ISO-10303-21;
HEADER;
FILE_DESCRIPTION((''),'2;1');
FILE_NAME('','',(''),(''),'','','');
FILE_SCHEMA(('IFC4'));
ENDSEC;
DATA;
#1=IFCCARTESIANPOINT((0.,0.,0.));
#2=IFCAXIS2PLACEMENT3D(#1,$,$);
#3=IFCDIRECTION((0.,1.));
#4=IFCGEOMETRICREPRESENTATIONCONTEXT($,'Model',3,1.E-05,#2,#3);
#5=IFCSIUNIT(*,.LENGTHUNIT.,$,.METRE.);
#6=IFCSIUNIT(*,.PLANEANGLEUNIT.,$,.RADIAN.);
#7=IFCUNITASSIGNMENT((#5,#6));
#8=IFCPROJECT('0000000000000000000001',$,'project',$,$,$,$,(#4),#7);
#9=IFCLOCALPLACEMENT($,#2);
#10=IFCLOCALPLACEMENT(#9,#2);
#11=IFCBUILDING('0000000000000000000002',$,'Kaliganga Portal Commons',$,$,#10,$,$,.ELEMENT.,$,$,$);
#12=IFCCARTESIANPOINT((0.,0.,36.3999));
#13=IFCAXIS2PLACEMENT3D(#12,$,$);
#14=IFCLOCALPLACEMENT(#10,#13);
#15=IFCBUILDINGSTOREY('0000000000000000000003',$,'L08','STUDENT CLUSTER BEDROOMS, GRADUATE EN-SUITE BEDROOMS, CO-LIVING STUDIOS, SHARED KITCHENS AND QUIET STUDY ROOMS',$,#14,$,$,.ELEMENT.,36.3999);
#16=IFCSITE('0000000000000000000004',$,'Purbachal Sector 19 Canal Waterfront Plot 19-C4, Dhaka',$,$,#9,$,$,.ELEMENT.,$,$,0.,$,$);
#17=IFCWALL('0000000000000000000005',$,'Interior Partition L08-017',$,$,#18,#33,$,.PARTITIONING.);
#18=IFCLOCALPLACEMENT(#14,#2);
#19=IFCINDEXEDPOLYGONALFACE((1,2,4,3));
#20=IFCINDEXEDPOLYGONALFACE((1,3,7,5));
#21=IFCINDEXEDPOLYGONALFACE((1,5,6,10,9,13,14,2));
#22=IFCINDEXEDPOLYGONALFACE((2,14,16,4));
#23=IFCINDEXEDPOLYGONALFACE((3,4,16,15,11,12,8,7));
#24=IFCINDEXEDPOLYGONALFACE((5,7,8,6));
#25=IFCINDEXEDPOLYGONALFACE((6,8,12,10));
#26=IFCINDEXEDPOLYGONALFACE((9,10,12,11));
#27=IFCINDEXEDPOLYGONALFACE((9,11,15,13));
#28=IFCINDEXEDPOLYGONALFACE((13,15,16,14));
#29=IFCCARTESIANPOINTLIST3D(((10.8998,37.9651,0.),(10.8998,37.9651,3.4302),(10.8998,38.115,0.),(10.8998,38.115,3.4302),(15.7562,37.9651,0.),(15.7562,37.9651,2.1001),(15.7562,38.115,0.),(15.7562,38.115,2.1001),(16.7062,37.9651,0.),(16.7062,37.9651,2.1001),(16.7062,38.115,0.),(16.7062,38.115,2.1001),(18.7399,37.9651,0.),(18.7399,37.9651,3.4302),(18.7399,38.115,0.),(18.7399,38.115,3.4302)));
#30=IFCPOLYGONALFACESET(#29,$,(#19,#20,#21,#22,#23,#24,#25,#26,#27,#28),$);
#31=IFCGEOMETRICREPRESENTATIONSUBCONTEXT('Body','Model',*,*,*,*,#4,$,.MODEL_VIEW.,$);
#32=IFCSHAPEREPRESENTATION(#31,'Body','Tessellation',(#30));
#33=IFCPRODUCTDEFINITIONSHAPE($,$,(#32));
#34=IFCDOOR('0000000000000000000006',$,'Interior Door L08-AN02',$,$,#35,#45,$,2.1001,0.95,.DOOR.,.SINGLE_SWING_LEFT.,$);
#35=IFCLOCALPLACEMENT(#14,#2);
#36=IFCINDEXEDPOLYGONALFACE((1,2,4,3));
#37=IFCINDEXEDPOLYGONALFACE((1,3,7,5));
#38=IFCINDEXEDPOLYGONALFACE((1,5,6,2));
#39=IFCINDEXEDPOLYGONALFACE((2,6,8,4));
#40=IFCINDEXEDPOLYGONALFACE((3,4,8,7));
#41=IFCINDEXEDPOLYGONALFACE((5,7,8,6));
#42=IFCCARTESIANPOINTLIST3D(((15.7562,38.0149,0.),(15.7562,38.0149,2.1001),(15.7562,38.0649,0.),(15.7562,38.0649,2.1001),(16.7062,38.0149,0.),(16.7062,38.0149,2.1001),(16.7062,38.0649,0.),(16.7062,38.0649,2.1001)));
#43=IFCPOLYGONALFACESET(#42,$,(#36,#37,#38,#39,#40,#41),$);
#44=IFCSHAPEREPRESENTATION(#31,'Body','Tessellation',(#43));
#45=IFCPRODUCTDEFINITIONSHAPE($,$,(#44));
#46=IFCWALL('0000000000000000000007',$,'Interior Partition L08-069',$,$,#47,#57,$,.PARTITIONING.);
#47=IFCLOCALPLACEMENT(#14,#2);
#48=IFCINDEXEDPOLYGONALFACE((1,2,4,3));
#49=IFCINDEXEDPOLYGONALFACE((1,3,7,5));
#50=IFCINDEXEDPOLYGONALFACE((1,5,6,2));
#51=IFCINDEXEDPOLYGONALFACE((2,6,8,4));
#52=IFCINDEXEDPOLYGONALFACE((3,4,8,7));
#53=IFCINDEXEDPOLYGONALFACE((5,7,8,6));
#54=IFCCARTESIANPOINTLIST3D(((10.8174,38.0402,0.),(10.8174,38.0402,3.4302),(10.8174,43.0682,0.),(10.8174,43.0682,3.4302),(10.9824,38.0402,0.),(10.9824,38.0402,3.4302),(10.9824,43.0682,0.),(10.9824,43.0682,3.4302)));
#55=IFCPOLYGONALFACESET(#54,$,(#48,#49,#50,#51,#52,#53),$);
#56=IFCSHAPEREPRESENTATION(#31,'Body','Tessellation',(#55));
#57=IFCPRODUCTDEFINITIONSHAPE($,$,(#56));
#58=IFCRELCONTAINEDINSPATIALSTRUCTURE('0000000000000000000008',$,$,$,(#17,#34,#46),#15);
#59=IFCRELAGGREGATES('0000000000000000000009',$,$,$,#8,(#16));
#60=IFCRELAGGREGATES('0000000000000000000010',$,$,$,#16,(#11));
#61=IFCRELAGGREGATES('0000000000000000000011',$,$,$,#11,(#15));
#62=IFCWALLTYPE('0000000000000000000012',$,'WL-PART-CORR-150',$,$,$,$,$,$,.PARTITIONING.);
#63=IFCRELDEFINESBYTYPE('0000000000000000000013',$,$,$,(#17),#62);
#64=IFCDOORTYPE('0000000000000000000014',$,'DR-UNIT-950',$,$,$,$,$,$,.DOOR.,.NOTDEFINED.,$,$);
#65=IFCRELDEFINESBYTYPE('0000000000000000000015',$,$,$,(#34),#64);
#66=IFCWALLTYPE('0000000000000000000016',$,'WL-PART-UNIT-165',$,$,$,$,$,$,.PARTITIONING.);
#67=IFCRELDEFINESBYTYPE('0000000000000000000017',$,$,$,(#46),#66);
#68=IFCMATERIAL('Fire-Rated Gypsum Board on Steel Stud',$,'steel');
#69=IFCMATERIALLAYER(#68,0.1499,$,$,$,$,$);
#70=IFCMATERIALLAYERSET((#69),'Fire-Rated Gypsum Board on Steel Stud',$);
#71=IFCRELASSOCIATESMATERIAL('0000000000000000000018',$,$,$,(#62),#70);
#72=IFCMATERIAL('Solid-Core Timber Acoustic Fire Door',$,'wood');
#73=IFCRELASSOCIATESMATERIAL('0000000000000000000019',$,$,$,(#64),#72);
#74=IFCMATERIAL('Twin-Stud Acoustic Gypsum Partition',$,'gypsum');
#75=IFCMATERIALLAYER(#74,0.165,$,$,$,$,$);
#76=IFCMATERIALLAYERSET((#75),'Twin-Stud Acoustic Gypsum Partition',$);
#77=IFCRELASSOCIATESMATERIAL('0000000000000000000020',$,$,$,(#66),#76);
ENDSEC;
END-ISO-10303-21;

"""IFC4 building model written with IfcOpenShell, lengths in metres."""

from ifc_helpers import new_model, si_unit, direction, frame, frame_2d, origin, place, context, subcontext, project, spatial, rectangle, extrude, material, layer, layer_set, type_object, element, fill, save


model = new_model("IFC4")

# Units and contexts
model_context = context("Model", 3, precision=1e-05, world=origin(), true_north=direction((0.0, 1.0)))
body_context = subcontext(model_context, "Body", "Model", "MODEL_VIEW")
ifc_project = project(units=[si_unit("LENGTHUNIT", "METRE"), si_unit("PLANEANGLEUNIT", "RADIAN")], contexts=[model_context])

# Site, building, storey
site_placement = place(None, origin())
site = spatial("IfcSite", under=ifc_project, at=site_placement, Name="Purbachal Sector 19 Canal Waterfront Plot 19-C4, Dhaka", CompositionType="ELEMENT", RefElevation=0.0)
building_placement = place(site_placement, origin())
building = spatial("IfcBuilding", under=site, at=building_placement, Name="Kaliganga Portal Commons", CompositionType="ELEMENT")
storey_placement = place(building_placement, frame((0.0, 0.0, 36.3999)))
storey = spatial("IfcBuildingStorey", under=building, at=storey_placement, Name="L08", Description="STUDENT CLUSTER BEDROOMS, GRADUATE EN-SUITE BEDROOMS, CO-LIVING STUDIOS, SHARED KITCHENS AND QUIET STUDY ROOMS", CompositionType="ELEMENT", Elevation=36.3999)

# Wall, opening, door
ifc_material_1 = material(Name="Fire-Rated Gypsum Board on Steel Stud", Category="steel")
ifc_layer_1 = layer(ifc_material_1, 0.1499)
ifc_layer_set_1 = layer_set([ifc_layer_1], Name="Fire-Rated Gypsum Board on Steel Stud")
wall_type_1 = type_object("IfcWallType", Name="WL-PART-CORR-150", PredefinedType="PARTITIONING", material=ifc_layer_set_1)
wall_1_placement = place(storey_placement, frame((10.8999, 38.04, 0.0), z_axis=(0.0, 0.0, 1.0), x_axis=(1.0, 0.0, 0.0)))
wall_1 = element("IfcWall", 1, at=wall_1_placement, inside=storey, type_object=wall_type_1, Name="Interior Partition L08-017", PredefinedType="PARTITIONING", context=body_context, shape_type="SweptSolid", body=[
    extrude(rectangle(XDim=7.8401, YDim=0.1499, at=frame_2d((3.9199, 0.0))), origin(), (0.0, 0.0, 1.0), 3.4302),
])
opening_1_placement = place(wall_1_placement, frame((4.8562, 0.0, 0.0)))
opening_1 = element("IfcOpeningElement", 2, at=opening_1_placement, cuts=wall_1, PredefinedType="OPENING", context=body_context, shape_type="SweptSolid", body=[
    extrude(rectangle(XDim=0.95, YDim=2.1001, at=frame_2d((0.4751, 1.05))), frame((0.0, 0.085, 0.0), z_axis=(0.0, -1.0, 0.0), x_axis=(1.0, 0.0, 0.0)), (0.0, 0.0, 1.0), 0.1699),
])
ifc_material_2 = material(Name="Solid-Core Timber Acoustic Fire Door", Category="wood")
door_type = type_object("IfcDoorType", Name="DR-UNIT-950", OperationType="NOTDEFINED", PredefinedType="DOOR", material=ifc_material_2)
door_placement = place(opening_1_placement, origin())
door = element("IfcDoor", 3, at=door_placement, inside=storey, type_object=door_type, Name="Interior Door L08-AN02", OperationType="SINGLE_SWING_LEFT", OverallHeight=2.1001, OverallWidth=0.95, PredefinedType="DOOR", context=body_context, shape_type="SweptSolid", body=[
    extrude(rectangle(XDim=0.95, YDim=2.1001, at=frame_2d((0.4751, 1.05))), frame((0.0, 0.0249, 0.0), z_axis=(0.0, -1.0, 0.0), x_axis=(1.0, 0.0, 0.0)), (0.0, 0.0, 1.0), 0.05),
])
fill(opening_1, door)

# Wall
ifc_material_3 = material(Name="Twin-Stud Acoustic Gypsum Partition", Category="gypsum")
ifc_layer_2 = layer(ifc_material_3, 0.165)
ifc_layer_set_2 = layer_set([ifc_layer_2], Name="Twin-Stud Acoustic Gypsum Partition")
wall_type_2 = type_object("IfcWallType", Name="WL-PART-UNIT-165", PredefinedType="PARTITIONING", material=ifc_layer_set_2)
wall_2_placement = place(storey_placement, frame((10.8999, 38.04, 0.0), z_axis=(0.0, 0.0, 1.0), x_axis=(0.0, 1.0, 0.0)))
element("IfcWall", 4, at=wall_2_placement, inside=storey, type_object=wall_type_2, Name="Interior Partition L08-069", PredefinedType="PARTITIONING", context=body_context, shape_type="SweptSolid", body=[
    extrude(rectangle(XDim=5.0281, YDim=0.165, at=frame_2d((2.5142, 0.0))), origin(), (0.0, 0.0, 1.0), 3.4302),
])

save(model, "model.ifc")
